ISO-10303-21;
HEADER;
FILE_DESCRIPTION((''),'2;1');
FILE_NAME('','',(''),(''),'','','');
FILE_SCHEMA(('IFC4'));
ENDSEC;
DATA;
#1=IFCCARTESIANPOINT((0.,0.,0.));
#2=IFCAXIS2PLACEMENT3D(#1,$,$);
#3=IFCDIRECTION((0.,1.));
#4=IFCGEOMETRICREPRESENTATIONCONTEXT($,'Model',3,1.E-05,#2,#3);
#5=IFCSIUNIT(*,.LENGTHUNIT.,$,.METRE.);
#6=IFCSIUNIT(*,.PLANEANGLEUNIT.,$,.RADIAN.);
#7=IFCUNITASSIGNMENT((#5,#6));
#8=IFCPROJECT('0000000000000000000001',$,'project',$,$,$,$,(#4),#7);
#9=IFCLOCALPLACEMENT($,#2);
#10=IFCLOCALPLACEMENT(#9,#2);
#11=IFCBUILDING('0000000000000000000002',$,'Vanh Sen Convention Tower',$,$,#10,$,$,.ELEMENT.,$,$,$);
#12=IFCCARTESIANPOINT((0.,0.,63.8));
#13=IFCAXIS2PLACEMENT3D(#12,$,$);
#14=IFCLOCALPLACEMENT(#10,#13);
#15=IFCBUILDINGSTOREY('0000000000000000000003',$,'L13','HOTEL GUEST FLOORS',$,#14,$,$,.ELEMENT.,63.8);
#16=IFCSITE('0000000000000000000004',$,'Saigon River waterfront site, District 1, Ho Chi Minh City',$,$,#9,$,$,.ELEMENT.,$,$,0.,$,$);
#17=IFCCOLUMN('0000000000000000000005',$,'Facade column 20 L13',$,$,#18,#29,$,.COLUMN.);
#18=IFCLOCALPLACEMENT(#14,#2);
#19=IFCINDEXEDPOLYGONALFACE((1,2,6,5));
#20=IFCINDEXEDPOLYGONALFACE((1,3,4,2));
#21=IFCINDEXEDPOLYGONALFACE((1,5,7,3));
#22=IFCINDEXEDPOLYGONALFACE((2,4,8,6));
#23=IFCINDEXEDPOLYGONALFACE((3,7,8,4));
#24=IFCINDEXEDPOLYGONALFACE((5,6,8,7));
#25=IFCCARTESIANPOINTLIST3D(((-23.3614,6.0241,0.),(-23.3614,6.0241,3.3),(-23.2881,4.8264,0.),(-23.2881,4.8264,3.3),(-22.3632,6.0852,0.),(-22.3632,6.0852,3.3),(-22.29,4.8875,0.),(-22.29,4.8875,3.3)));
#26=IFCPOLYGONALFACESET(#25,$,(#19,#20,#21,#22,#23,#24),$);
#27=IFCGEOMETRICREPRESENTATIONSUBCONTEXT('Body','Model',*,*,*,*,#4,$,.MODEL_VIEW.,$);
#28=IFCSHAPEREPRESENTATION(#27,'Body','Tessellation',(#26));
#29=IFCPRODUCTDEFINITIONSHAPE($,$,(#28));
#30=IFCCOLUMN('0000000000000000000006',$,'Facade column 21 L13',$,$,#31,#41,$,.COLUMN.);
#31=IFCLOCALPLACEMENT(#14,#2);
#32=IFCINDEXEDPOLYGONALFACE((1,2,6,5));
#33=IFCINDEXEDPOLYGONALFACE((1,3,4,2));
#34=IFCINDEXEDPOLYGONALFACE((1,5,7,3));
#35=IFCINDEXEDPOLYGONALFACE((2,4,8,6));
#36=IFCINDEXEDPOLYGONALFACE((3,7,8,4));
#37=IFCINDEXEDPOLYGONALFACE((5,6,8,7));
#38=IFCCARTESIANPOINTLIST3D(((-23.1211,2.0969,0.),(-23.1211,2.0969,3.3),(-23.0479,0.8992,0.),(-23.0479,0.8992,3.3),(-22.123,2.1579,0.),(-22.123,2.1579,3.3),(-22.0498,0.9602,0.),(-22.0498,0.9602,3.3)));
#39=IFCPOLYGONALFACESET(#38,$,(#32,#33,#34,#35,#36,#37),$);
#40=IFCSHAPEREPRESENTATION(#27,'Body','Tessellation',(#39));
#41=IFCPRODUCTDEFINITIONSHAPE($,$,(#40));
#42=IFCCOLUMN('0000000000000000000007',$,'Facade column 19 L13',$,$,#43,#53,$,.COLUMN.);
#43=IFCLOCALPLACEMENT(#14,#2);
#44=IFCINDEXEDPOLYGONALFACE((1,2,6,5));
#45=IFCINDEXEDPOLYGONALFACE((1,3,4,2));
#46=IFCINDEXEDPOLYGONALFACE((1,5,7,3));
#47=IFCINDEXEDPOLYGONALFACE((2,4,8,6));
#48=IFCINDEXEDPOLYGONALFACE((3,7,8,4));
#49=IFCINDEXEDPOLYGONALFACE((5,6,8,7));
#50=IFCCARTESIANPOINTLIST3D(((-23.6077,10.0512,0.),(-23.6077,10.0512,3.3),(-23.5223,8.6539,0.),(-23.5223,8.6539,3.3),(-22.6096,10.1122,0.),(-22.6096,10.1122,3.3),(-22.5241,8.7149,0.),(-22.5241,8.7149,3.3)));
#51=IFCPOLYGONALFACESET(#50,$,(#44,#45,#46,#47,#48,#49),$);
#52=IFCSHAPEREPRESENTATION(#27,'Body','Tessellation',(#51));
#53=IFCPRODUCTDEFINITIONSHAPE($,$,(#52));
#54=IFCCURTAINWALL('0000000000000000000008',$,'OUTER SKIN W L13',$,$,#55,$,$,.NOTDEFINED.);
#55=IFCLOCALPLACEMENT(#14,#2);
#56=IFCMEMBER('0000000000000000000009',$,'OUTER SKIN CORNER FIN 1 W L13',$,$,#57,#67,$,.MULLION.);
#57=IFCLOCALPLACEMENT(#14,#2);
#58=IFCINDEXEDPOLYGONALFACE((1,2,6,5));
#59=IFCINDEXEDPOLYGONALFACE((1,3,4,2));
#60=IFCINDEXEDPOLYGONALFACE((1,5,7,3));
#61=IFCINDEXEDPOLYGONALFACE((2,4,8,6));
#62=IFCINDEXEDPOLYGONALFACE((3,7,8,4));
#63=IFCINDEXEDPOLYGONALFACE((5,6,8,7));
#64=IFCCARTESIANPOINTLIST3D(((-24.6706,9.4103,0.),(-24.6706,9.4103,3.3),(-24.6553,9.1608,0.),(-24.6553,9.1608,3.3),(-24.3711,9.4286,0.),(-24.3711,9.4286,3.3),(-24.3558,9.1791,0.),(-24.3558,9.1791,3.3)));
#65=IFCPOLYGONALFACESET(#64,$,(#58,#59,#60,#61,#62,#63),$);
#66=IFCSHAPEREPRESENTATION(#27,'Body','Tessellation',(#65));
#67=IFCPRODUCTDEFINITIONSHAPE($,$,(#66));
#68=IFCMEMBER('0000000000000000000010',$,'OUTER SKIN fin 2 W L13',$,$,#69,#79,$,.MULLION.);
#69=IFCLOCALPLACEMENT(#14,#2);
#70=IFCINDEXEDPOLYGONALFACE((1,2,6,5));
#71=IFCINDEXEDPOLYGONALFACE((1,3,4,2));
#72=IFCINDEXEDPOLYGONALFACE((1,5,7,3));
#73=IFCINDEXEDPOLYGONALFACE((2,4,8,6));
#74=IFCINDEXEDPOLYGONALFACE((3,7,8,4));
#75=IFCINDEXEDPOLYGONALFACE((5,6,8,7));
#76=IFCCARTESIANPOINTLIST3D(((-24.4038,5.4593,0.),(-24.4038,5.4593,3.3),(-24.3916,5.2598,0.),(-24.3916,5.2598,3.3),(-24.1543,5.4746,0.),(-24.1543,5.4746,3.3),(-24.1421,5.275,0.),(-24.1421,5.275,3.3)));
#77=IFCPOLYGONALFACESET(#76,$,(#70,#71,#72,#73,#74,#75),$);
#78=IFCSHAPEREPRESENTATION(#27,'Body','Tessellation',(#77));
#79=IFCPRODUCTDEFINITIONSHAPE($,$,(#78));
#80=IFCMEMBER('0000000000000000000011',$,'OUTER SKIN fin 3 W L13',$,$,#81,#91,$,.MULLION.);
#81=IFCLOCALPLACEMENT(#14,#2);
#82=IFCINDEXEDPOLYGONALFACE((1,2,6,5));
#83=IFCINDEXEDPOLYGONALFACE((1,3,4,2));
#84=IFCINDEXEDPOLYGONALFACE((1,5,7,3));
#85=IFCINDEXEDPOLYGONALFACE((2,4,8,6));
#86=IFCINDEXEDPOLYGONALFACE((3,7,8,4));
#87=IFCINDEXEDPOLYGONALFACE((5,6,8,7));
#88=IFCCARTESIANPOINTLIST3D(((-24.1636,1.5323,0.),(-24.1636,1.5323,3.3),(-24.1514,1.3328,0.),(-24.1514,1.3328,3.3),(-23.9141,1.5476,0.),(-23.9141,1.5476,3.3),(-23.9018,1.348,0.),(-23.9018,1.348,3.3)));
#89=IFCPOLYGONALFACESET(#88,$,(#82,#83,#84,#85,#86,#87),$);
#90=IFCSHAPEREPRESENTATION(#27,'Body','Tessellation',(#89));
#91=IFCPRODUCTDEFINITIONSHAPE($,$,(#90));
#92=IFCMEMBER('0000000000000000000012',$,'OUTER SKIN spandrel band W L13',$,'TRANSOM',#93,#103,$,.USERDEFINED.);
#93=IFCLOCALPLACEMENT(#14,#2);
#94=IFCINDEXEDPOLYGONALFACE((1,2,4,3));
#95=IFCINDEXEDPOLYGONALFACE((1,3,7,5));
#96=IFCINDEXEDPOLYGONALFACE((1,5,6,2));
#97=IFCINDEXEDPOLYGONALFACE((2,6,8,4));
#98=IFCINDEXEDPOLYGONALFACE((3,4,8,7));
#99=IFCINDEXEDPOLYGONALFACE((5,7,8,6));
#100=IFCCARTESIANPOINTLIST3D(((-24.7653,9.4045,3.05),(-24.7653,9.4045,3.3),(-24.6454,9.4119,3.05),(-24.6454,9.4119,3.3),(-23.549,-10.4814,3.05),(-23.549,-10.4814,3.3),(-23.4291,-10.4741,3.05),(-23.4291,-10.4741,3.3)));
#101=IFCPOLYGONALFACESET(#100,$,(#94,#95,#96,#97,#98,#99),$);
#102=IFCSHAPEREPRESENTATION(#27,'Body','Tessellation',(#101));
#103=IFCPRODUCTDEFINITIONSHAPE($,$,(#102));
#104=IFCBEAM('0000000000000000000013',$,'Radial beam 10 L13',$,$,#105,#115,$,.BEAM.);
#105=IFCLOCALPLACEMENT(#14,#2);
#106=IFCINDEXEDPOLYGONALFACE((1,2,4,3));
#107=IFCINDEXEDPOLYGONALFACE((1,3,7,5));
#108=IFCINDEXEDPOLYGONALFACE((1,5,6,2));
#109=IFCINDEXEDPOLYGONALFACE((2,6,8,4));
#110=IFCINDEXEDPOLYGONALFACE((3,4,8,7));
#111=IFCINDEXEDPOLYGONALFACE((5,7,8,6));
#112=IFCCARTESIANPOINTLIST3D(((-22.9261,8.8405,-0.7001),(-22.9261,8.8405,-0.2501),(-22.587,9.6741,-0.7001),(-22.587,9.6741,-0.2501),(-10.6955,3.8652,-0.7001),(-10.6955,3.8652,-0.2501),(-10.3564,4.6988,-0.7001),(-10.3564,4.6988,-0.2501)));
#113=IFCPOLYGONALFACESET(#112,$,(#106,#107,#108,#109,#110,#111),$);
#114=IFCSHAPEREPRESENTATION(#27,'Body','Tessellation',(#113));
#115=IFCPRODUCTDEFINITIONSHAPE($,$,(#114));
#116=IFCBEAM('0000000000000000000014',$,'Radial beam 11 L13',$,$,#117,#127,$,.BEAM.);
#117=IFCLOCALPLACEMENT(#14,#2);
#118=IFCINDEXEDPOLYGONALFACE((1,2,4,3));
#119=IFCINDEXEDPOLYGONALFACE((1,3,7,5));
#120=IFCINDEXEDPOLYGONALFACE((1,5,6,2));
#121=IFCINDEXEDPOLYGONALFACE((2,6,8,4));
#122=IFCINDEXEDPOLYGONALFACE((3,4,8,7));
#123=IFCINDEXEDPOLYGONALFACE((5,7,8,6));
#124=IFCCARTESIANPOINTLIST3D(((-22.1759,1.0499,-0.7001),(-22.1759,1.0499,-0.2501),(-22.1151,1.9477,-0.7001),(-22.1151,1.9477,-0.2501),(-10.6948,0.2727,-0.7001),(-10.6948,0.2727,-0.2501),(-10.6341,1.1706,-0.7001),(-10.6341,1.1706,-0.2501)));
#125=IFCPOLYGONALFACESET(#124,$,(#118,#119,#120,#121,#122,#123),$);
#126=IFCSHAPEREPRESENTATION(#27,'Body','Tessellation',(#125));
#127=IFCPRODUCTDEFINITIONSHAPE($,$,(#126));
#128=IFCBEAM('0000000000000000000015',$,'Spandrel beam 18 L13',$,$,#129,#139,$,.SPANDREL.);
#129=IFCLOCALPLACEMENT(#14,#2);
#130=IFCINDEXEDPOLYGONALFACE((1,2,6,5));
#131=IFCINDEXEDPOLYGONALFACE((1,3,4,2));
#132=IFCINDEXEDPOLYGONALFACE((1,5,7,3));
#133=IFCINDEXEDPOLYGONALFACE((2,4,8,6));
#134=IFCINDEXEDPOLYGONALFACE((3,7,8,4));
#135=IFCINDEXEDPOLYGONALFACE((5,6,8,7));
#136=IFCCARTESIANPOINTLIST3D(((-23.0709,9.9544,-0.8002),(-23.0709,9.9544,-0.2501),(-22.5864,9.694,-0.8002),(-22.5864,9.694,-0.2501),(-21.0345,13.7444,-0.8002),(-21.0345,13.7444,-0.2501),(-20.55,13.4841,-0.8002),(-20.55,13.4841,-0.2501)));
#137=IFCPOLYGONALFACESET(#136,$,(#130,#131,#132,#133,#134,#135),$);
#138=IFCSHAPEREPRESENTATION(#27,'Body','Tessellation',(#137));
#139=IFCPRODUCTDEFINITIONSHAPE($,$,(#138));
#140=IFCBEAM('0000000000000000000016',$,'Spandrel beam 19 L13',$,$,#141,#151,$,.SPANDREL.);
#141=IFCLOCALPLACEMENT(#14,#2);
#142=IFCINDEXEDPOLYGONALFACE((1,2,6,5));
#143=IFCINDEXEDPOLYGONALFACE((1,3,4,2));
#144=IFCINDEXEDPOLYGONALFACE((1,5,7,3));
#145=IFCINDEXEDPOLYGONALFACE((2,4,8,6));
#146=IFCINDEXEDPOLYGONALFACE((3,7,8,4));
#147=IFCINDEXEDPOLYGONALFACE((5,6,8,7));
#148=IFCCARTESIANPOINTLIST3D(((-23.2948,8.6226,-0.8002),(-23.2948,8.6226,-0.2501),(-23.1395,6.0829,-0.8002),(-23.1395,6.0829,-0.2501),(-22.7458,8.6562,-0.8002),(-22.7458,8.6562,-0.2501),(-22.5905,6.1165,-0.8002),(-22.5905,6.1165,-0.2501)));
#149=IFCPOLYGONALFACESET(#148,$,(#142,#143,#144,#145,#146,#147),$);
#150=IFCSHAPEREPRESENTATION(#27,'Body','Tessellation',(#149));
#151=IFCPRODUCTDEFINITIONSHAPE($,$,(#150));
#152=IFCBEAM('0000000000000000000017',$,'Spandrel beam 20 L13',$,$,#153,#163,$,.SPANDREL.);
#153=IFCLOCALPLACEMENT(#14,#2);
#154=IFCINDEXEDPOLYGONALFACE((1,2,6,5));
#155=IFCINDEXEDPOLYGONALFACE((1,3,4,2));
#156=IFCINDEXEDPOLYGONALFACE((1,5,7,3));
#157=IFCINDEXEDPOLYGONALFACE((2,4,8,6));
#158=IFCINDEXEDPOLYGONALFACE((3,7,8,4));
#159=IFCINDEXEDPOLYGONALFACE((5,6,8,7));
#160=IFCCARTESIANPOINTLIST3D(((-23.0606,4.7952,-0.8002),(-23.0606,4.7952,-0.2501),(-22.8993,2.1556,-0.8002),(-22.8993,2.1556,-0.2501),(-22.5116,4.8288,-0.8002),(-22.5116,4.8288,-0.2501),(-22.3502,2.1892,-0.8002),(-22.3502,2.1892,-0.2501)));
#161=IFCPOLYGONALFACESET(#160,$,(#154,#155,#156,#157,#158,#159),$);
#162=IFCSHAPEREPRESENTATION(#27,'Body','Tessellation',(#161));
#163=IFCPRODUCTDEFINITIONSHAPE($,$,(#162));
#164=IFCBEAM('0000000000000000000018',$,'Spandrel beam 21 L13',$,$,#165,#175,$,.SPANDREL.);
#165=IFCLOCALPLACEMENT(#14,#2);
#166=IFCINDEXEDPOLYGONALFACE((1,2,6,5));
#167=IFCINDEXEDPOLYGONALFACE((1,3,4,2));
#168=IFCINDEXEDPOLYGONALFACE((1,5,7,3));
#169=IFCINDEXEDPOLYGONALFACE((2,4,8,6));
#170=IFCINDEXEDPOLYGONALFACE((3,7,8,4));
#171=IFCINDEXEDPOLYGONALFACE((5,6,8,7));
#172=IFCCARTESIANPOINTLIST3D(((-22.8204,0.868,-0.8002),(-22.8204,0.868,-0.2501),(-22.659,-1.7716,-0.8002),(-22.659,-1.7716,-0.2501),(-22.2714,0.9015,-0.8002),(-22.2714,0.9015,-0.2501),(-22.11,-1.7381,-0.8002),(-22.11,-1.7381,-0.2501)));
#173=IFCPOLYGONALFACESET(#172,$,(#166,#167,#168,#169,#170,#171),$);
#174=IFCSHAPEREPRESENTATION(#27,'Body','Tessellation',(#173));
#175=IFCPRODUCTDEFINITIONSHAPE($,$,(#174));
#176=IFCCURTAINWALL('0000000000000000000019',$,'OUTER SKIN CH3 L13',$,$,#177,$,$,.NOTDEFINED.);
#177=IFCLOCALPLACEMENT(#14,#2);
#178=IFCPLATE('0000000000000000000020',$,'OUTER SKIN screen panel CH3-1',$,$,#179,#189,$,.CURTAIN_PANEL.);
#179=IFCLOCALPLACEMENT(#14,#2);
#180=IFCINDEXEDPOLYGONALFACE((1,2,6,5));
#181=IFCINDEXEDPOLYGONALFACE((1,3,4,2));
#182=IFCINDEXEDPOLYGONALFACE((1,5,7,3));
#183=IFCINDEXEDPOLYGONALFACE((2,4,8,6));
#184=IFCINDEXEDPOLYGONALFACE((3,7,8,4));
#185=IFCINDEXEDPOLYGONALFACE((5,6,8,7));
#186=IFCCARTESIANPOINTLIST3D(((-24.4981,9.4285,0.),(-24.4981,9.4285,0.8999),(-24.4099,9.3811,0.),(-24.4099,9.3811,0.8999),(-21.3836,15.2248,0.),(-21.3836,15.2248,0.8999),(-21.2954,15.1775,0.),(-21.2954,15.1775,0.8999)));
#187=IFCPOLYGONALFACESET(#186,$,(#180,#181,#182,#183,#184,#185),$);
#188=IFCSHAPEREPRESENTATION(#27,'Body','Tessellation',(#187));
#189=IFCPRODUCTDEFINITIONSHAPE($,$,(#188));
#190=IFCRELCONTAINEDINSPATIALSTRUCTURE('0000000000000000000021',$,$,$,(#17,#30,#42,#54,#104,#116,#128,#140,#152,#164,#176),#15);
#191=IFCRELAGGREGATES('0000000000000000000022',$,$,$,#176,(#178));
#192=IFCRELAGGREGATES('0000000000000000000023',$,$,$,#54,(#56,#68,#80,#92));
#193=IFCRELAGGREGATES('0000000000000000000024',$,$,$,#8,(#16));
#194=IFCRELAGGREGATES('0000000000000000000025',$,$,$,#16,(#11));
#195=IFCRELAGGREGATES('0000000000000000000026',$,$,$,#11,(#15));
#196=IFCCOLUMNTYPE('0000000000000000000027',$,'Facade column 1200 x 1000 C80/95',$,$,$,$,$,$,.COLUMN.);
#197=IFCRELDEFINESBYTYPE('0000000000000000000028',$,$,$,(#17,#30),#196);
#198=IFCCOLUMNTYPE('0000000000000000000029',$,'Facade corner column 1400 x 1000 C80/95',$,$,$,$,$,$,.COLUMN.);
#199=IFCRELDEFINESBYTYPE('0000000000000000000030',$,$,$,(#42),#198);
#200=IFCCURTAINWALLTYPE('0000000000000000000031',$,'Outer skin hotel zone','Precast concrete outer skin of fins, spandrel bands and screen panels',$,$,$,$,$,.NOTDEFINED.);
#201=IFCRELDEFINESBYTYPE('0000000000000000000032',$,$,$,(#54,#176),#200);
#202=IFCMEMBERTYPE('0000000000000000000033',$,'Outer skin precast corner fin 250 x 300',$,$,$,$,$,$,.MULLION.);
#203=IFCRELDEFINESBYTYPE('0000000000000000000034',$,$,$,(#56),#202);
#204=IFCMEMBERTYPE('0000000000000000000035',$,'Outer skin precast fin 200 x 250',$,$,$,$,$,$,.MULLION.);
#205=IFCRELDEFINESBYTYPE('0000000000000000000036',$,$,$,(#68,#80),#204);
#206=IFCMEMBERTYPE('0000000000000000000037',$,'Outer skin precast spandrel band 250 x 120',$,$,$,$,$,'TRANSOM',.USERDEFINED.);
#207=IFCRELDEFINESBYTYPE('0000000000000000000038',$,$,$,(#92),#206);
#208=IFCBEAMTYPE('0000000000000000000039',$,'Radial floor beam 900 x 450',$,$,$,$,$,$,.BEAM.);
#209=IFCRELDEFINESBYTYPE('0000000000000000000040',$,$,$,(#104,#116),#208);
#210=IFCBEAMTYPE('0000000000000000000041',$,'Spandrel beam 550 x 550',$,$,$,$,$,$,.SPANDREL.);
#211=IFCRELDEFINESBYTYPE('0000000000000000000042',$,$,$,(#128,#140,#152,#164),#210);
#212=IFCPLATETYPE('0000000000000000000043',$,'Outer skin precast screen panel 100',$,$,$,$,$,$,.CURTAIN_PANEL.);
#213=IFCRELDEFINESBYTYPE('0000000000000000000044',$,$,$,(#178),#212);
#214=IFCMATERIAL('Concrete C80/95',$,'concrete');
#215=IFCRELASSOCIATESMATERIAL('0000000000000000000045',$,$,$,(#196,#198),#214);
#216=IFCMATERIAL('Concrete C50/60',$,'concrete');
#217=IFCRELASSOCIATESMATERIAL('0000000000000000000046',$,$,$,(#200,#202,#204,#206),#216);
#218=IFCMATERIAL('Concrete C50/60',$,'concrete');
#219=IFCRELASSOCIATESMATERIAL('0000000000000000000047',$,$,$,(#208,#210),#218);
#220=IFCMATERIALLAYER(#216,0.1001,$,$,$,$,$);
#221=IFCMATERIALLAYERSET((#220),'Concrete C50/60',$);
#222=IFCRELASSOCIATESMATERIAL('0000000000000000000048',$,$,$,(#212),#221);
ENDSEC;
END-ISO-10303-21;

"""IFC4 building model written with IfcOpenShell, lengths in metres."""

from ifc_helpers import new_model, si_unit, direction, frame, origin, origin_2d, place, context, subcontext, project, spatial, rectangle, extrude, material, layer, layer_set, material_profile, profile_set, type_object, element, aggregate, save


model = new_model("IFC4")

# Units and contexts
model_context = context("Model", 3, precision=1e-05, world=origin(), true_north=direction((0.0, 1.0)))
body_context = subcontext(model_context, "Body", "Model", "MODEL_VIEW")
ifc_project = project(units=[si_unit("LENGTHUNIT", "METRE"), si_unit("PLANEANGLEUNIT", "RADIAN")], contexts=[model_context])

# Site, building, storey
site_placement = place(None, origin())
site = spatial("IfcSite", under=ifc_project, at=site_placement, Name="Saigon River waterfront site, District 1, Ho Chi Minh City", CompositionType="ELEMENT", RefElevation=0.0)
building_placement = place(site_placement, origin())
building = spatial("IfcBuilding", under=site, at=building_placement, Name="Vanh Sen Convention Tower", CompositionType="ELEMENT")
storey_placement = place(building_placement, frame((0.0, 0.0, 63.8)))
storey = spatial("IfcBuildingStorey", under=building, at=storey_placement, Name="L13", Description="HOTEL GUEST FLOORS", CompositionType="ELEMENT", Elevation=63.8)

# Columns
ifc_material_1 = material(Name="Concrete C80/95", Category="concrete")
ifc_material_profile_1 = material_profile(ifc_material_1, rectangle(XDim=1.2, YDim=1.0, at=origin_2d()), Name="RC 1200X1000")
ifc_profile_set_1 = profile_set([ifc_material_profile_1], Name="Concrete C80/95")
column_type_1 = type_object("IfcColumnType", Name="Facade column 1200 x 1000 C80/95", PredefinedType="COLUMN", material=ifc_profile_set_1)
for number, where, z_axis, x_axis, name in (
    (1, (-22.8257, 5.4558, 0.0), (0.0, 0.0, 1.0), (0.061049, -0.998135, 0.0), "Facade column 20 L13"),
    (2, (-22.5854, 1.5286, 0.0), (0.0, 0.0, 1.0), (0.061049, -0.998135, 0.0), "Facade column 21 L13"),
):
    element("IfcColumn", number, at=place(storey_placement, frame(where, z_axis=z_axis, x_axis=x_axis)), inside=storey, type_object=column_type_1, Name=name, PredefinedType="COLUMN", context=body_context, shape_type="SweptSolid", body=[
        extrude(rectangle(XDim=1.2, YDim=1.0, at=origin_2d()), origin(), (0.0, 0.0, 1.0), 3.3),
    ])
ifc_material_profile_2 = material_profile(ifc_material_1, rectangle(XDim=1.3999, YDim=1.0, at=origin_2d()), Name="RC 1400X1000")
ifc_profile_set_2 = profile_set([ifc_material_profile_2], Name="Concrete C80/95")
column_type_2 = type_object("IfcColumnType", Name="Facade corner column 1400 x 1000 C80/95", PredefinedType="COLUMN", material=ifc_profile_set_2)
column_placement = place(storey_placement, frame((-23.0659, 9.3831, 0.0), z_axis=(0.0, 0.0, 1.0), x_axis=(0.061049, -0.998135, 0.0)))
element("IfcColumn", 3, at=column_placement, inside=storey, type_object=column_type_2, Name="Facade column 19 L13", PredefinedType="COLUMN", context=body_context, shape_type="SweptSolid", body=[
    extrude(rectangle(XDim=1.3999, YDim=1.0, at=origin_2d()), origin(), (0.0, 0.0, 1.0), 3.3),
])

# Curtain wall, members
ifc_material_2 = material(Name="Concrete C50/60", Category="concrete")
curtain_wall_type = type_object("IfcCurtainWallType", Name="Outer skin hotel zone", Description="Precast concrete outer skin of fins, spandrel bands and screen panels", PredefinedType="NOTDEFINED", material=ifc_material_2)
curtain_wall_1_placement = place(storey_placement, origin())
curtain_wall_1 = element("IfcCurtainWall", 4, at=curtain_wall_1_placement, inside=storey, type_object=curtain_wall_type, Name="OUTER SKIN W L13", PredefinedType="NOTDEFINED")
ifc_material_profile_3 = material_profile(ifc_material_2, rectangle(XDim=0.25, YDim=0.3, at=origin_2d()), Name="Outer skin precast corner fin 250 x 300")
ifc_profile_set_3 = profile_set([ifc_material_profile_3], Name="Concrete C50/60")
member_type_1 = type_object("IfcMemberType", Name="Outer skin precast corner fin 250 x 300", PredefinedType="MULLION", material=ifc_profile_set_3)
member_1_placement = place(storey_placement, frame((-24.5132, 9.2947, 0.0), z_axis=(0.0, 0.0, 1.0), x_axis=(0.061049, -0.998135, 0.0)))
member_1 = element("IfcMember", 5, at=member_1_placement, type_object=member_type_1, Name="OUTER SKIN CORNER FIN 1 W L13", PredefinedType="MULLION", context=body_context, shape_type="SweptSolid", body=[
    extrude(rectangle(XDim=0.25, YDim=0.3, at=origin_2d()), origin(), (0.0, 0.0, 1.0), 3.3),
])
ifc_material_profile_4 = material_profile(ifc_material_2, rectangle(XDim=0.2, YDim=0.25, at=origin_2d()), Name="Outer skin precast fin 200 x 250")
ifc_profile_set_4 = profile_set([ifc_material_profile_4], Name="Concrete C50/60")
member_type_2 = type_object("IfcMemberType", Name="Outer skin precast fin 200 x 250", PredefinedType="MULLION", material=ifc_profile_set_4)
member_2_placement = place(storey_placement, frame((-24.2729, 5.3672, 0.0), z_axis=(0.0, 0.0, 1.0), x_axis=(0.061049, -0.998135, 0.0)))
member_2 = element("IfcMember", 6, at=member_2_placement, type_object=member_type_2, Name="OUTER SKIN fin 2 W L13", PredefinedType="MULLION", context=body_context, shape_type="SweptSolid", body=[
    extrude(rectangle(XDim=0.2, YDim=0.25, at=origin_2d()), origin(), (0.0, 0.0, 1.0), 3.3),
])
member_3_placement = place(storey_placement, frame((-24.0327, 1.4402, 0.0), z_axis=(0.0, 0.0, 1.0), x_axis=(0.061049, -0.998135, 0.0)))
member_3 = element("IfcMember", 7, at=member_3_placement, type_object=member_type_2, Name="OUTER SKIN fin 3 W L13", PredefinedType="MULLION", context=body_context, shape_type="SweptSolid", body=[
    extrude(rectangle(XDim=0.2, YDim=0.25, at=origin_2d()), origin(), (0.0, 0.0, 1.0), 3.3),
])
ifc_material_profile_5 = material_profile(ifc_material_2, rectangle(XDim=0.1201, YDim=0.25, at=origin_2d()), Name="Outer skin precast spandrel band 250 x 120")
ifc_profile_set_5 = profile_set([ifc_material_profile_5], Name="Concrete C50/60")
member_type_3 = type_object("IfcMemberType", Name="Outer skin precast spandrel band 250 x 120", ElementType="TRANSOM", PredefinedType="USERDEFINED", material=ifc_profile_set_5)
member_4_placement = place(storey_placement, frame((-24.7053, 9.4082, 3.175), z_axis=(0.06105, -0.998135, 0.0), x_axis=(0.998135, 0.06105, 0.0)))
member_4 = element("IfcMember", 8, at=member_4_placement, type_object=member_type_3, Name="OUTER SKIN spandrel band W L13", ObjectType="TRANSOM", PredefinedType="USERDEFINED", context=body_context, shape_type="SweptSolid", body=[
    extrude(rectangle(XDim=0.1201, YDim=0.25, at=origin_2d()), origin(), (0.0, 0.0, 1.0), 19.9231),
])

# Beams
ifc_material_3 = material(Name="Concrete C50/60", Category="concrete")
ifc_material_profile_6 = material_profile(ifc_material_3, rectangle(XDim=0.8999, YDim=0.45, at=origin_2d()), Name="RC 900X450")
ifc_profile_set_6 = profile_set([ifc_material_profile_6], Name="Concrete C50/60")
beam_type_1 = type_object("IfcBeamType", Name="Radial floor beam 900 x 450", PredefinedType="BEAM", material=ifc_profile_set_6)
beam_1_placement = place(storey_placement, frame((-22.7566, 9.2573, -0.4751), z_axis=(0.926292, -0.376807, 0.0), x_axis=(0.376807, 0.926292, 0.0)))
element("IfcBeam", 9, at=beam_1_placement, inside=storey, type_object=beam_type_1, Name="Radial beam 10 L13", PredefinedType="BEAM", context=body_context, shape_type="SweptSolid", body=[
    extrude(rectangle(XDim=0.8999, YDim=0.45, at=origin_2d()), origin(), (0.0, 0.0, 1.0), 13.2039),
])
beam_2_placement = place(storey_placement, frame((-22.1455, 1.4988, -0.4751), z_axis=(0.997717, -0.067531, 0.0), x_axis=(0.067531, 0.997717, 0.0)))
element("IfcBeam", 10, at=beam_2_placement, inside=storey, type_object=beam_type_1, Name="Radial beam 11 L13", PredefinedType="BEAM", context=body_context, shape_type="SweptSolid", body=[
    extrude(rectangle(XDim=0.8999, YDim=0.45, at=origin_2d()), origin(), (0.0, 0.0, 1.0), 11.5073),
])
ifc_material_profile_7 = material_profile(ifc_material_3, rectangle(XDim=0.55, YDim=0.55, at=origin_2d()), Name="RC 550X550")
ifc_profile_set_7 = profile_set([ifc_material_profile_7], Name="Concrete C50/60")
beam_type_2 = type_object("IfcBeamType", Name="Spandrel beam 550 x 550", PredefinedType="SPANDREL", material=ifc_profile_set_7)
beam_3_placement = place(storey_placement, frame((-20.7922, 13.6143, -0.5251), z_axis=(-0.473304, -0.880899, 0.0), x_axis=(0.880899, -0.473304, 0.0)))
element("IfcBeam", 11, at=beam_3_placement, inside=storey, type_object=beam_type_2, Name="Spandrel beam 18 L13", PredefinedType="SPANDREL", context=body_context, shape_type="SweptSolid", body=[
    extrude(rectangle(XDim=0.55, YDim=0.55, at=origin_2d()), origin(), (0.0, 0.0, 1.0), 4.3025),
])
beam_4_placement = place(storey_placement, frame((-23.0203, 8.6394, -0.5251), z_axis=(0.061022, -0.998136, 0.0), x_axis=(0.998136, 0.061022, 0.0)))
element("IfcBeam", 12, at=beam_4_placement, inside=storey, type_object=beam_type_2, Name="Spandrel beam 19 L13", PredefinedType="SPANDREL", context=body_context, shape_type="SweptSolid", body=[
    extrude(rectangle(XDim=0.55, YDim=0.55, at=origin_2d()), origin(), (0.0, 0.0, 1.0), 2.5444),
])
for number, where, z_axis, x_axis, name in (
    (13, (-22.7861, 4.812, -0.5251), (0.061022, -0.998136, 0.0), (0.998136, 0.061022, 0.0), "Spandrel beam 20 L13"),
    (14, (-22.5459, 0.8848, -0.5251), (0.061022, -0.998136, 0.0), (0.998136, 0.061022, 0.0), "Spandrel beam 21 L13"),
):
    element("IfcBeam", number, at=place(storey_placement, frame(where, z_axis=z_axis, x_axis=x_axis)), inside=storey, type_object=beam_type_2, Name=name, PredefinedType="SPANDREL", context=body_context, shape_type="SweptSolid", body=[
        extrude(rectangle(XDim=0.55, YDim=0.55, at=origin_2d()), origin(), (0.0, 0.0, 1.0), 2.6445),
    ])

# Curtain wall, plate
curtain_wall_2_placement = place(storey_placement, origin())
curtain_wall_2 = element("IfcCurtainWall", 15, at=curtain_wall_2_placement, inside=storey, type_object=curtain_wall_type, Name="OUTER SKIN CH3 L13", PredefinedType="NOTDEFINED")
ifc_layer_1 = layer(ifc_material_2, 0.1001)
ifc_layer_set_1 = layer_set([ifc_layer_1], Name="Concrete C50/60")
plate_type = type_object("IfcPlateType", Name="Outer skin precast screen panel 100", PredefinedType="CURTAIN_PANEL", material=ifc_layer_set_1)
plate_1_placement = place(storey_placement, frame((-22.8967, 12.303, 0.0), z_axis=(0.0, 0.0, 1.0), x_axis=(-0.473318, -0.880892, 0.0)))
plate_1 = element("IfcPlate", 16, at=plate_1_placement, type_object=plate_type, Name="OUTER SKIN screen panel CH3-1", PredefinedType="CURTAIN_PANEL", context=body_context, shape_type="SweptSolid", body=[
    extrude(rectangle(XDim=6.5801, YDim=0.1001, at=origin_2d()), origin(), (0.0, 0.0, 1.0), 0.8999),
])
aggregate(curtain_wall_2, [plate_1])

aggregate(curtain_wall_1, [member_1, member_2, member_3, member_4])

save(model, "model.ifc")
